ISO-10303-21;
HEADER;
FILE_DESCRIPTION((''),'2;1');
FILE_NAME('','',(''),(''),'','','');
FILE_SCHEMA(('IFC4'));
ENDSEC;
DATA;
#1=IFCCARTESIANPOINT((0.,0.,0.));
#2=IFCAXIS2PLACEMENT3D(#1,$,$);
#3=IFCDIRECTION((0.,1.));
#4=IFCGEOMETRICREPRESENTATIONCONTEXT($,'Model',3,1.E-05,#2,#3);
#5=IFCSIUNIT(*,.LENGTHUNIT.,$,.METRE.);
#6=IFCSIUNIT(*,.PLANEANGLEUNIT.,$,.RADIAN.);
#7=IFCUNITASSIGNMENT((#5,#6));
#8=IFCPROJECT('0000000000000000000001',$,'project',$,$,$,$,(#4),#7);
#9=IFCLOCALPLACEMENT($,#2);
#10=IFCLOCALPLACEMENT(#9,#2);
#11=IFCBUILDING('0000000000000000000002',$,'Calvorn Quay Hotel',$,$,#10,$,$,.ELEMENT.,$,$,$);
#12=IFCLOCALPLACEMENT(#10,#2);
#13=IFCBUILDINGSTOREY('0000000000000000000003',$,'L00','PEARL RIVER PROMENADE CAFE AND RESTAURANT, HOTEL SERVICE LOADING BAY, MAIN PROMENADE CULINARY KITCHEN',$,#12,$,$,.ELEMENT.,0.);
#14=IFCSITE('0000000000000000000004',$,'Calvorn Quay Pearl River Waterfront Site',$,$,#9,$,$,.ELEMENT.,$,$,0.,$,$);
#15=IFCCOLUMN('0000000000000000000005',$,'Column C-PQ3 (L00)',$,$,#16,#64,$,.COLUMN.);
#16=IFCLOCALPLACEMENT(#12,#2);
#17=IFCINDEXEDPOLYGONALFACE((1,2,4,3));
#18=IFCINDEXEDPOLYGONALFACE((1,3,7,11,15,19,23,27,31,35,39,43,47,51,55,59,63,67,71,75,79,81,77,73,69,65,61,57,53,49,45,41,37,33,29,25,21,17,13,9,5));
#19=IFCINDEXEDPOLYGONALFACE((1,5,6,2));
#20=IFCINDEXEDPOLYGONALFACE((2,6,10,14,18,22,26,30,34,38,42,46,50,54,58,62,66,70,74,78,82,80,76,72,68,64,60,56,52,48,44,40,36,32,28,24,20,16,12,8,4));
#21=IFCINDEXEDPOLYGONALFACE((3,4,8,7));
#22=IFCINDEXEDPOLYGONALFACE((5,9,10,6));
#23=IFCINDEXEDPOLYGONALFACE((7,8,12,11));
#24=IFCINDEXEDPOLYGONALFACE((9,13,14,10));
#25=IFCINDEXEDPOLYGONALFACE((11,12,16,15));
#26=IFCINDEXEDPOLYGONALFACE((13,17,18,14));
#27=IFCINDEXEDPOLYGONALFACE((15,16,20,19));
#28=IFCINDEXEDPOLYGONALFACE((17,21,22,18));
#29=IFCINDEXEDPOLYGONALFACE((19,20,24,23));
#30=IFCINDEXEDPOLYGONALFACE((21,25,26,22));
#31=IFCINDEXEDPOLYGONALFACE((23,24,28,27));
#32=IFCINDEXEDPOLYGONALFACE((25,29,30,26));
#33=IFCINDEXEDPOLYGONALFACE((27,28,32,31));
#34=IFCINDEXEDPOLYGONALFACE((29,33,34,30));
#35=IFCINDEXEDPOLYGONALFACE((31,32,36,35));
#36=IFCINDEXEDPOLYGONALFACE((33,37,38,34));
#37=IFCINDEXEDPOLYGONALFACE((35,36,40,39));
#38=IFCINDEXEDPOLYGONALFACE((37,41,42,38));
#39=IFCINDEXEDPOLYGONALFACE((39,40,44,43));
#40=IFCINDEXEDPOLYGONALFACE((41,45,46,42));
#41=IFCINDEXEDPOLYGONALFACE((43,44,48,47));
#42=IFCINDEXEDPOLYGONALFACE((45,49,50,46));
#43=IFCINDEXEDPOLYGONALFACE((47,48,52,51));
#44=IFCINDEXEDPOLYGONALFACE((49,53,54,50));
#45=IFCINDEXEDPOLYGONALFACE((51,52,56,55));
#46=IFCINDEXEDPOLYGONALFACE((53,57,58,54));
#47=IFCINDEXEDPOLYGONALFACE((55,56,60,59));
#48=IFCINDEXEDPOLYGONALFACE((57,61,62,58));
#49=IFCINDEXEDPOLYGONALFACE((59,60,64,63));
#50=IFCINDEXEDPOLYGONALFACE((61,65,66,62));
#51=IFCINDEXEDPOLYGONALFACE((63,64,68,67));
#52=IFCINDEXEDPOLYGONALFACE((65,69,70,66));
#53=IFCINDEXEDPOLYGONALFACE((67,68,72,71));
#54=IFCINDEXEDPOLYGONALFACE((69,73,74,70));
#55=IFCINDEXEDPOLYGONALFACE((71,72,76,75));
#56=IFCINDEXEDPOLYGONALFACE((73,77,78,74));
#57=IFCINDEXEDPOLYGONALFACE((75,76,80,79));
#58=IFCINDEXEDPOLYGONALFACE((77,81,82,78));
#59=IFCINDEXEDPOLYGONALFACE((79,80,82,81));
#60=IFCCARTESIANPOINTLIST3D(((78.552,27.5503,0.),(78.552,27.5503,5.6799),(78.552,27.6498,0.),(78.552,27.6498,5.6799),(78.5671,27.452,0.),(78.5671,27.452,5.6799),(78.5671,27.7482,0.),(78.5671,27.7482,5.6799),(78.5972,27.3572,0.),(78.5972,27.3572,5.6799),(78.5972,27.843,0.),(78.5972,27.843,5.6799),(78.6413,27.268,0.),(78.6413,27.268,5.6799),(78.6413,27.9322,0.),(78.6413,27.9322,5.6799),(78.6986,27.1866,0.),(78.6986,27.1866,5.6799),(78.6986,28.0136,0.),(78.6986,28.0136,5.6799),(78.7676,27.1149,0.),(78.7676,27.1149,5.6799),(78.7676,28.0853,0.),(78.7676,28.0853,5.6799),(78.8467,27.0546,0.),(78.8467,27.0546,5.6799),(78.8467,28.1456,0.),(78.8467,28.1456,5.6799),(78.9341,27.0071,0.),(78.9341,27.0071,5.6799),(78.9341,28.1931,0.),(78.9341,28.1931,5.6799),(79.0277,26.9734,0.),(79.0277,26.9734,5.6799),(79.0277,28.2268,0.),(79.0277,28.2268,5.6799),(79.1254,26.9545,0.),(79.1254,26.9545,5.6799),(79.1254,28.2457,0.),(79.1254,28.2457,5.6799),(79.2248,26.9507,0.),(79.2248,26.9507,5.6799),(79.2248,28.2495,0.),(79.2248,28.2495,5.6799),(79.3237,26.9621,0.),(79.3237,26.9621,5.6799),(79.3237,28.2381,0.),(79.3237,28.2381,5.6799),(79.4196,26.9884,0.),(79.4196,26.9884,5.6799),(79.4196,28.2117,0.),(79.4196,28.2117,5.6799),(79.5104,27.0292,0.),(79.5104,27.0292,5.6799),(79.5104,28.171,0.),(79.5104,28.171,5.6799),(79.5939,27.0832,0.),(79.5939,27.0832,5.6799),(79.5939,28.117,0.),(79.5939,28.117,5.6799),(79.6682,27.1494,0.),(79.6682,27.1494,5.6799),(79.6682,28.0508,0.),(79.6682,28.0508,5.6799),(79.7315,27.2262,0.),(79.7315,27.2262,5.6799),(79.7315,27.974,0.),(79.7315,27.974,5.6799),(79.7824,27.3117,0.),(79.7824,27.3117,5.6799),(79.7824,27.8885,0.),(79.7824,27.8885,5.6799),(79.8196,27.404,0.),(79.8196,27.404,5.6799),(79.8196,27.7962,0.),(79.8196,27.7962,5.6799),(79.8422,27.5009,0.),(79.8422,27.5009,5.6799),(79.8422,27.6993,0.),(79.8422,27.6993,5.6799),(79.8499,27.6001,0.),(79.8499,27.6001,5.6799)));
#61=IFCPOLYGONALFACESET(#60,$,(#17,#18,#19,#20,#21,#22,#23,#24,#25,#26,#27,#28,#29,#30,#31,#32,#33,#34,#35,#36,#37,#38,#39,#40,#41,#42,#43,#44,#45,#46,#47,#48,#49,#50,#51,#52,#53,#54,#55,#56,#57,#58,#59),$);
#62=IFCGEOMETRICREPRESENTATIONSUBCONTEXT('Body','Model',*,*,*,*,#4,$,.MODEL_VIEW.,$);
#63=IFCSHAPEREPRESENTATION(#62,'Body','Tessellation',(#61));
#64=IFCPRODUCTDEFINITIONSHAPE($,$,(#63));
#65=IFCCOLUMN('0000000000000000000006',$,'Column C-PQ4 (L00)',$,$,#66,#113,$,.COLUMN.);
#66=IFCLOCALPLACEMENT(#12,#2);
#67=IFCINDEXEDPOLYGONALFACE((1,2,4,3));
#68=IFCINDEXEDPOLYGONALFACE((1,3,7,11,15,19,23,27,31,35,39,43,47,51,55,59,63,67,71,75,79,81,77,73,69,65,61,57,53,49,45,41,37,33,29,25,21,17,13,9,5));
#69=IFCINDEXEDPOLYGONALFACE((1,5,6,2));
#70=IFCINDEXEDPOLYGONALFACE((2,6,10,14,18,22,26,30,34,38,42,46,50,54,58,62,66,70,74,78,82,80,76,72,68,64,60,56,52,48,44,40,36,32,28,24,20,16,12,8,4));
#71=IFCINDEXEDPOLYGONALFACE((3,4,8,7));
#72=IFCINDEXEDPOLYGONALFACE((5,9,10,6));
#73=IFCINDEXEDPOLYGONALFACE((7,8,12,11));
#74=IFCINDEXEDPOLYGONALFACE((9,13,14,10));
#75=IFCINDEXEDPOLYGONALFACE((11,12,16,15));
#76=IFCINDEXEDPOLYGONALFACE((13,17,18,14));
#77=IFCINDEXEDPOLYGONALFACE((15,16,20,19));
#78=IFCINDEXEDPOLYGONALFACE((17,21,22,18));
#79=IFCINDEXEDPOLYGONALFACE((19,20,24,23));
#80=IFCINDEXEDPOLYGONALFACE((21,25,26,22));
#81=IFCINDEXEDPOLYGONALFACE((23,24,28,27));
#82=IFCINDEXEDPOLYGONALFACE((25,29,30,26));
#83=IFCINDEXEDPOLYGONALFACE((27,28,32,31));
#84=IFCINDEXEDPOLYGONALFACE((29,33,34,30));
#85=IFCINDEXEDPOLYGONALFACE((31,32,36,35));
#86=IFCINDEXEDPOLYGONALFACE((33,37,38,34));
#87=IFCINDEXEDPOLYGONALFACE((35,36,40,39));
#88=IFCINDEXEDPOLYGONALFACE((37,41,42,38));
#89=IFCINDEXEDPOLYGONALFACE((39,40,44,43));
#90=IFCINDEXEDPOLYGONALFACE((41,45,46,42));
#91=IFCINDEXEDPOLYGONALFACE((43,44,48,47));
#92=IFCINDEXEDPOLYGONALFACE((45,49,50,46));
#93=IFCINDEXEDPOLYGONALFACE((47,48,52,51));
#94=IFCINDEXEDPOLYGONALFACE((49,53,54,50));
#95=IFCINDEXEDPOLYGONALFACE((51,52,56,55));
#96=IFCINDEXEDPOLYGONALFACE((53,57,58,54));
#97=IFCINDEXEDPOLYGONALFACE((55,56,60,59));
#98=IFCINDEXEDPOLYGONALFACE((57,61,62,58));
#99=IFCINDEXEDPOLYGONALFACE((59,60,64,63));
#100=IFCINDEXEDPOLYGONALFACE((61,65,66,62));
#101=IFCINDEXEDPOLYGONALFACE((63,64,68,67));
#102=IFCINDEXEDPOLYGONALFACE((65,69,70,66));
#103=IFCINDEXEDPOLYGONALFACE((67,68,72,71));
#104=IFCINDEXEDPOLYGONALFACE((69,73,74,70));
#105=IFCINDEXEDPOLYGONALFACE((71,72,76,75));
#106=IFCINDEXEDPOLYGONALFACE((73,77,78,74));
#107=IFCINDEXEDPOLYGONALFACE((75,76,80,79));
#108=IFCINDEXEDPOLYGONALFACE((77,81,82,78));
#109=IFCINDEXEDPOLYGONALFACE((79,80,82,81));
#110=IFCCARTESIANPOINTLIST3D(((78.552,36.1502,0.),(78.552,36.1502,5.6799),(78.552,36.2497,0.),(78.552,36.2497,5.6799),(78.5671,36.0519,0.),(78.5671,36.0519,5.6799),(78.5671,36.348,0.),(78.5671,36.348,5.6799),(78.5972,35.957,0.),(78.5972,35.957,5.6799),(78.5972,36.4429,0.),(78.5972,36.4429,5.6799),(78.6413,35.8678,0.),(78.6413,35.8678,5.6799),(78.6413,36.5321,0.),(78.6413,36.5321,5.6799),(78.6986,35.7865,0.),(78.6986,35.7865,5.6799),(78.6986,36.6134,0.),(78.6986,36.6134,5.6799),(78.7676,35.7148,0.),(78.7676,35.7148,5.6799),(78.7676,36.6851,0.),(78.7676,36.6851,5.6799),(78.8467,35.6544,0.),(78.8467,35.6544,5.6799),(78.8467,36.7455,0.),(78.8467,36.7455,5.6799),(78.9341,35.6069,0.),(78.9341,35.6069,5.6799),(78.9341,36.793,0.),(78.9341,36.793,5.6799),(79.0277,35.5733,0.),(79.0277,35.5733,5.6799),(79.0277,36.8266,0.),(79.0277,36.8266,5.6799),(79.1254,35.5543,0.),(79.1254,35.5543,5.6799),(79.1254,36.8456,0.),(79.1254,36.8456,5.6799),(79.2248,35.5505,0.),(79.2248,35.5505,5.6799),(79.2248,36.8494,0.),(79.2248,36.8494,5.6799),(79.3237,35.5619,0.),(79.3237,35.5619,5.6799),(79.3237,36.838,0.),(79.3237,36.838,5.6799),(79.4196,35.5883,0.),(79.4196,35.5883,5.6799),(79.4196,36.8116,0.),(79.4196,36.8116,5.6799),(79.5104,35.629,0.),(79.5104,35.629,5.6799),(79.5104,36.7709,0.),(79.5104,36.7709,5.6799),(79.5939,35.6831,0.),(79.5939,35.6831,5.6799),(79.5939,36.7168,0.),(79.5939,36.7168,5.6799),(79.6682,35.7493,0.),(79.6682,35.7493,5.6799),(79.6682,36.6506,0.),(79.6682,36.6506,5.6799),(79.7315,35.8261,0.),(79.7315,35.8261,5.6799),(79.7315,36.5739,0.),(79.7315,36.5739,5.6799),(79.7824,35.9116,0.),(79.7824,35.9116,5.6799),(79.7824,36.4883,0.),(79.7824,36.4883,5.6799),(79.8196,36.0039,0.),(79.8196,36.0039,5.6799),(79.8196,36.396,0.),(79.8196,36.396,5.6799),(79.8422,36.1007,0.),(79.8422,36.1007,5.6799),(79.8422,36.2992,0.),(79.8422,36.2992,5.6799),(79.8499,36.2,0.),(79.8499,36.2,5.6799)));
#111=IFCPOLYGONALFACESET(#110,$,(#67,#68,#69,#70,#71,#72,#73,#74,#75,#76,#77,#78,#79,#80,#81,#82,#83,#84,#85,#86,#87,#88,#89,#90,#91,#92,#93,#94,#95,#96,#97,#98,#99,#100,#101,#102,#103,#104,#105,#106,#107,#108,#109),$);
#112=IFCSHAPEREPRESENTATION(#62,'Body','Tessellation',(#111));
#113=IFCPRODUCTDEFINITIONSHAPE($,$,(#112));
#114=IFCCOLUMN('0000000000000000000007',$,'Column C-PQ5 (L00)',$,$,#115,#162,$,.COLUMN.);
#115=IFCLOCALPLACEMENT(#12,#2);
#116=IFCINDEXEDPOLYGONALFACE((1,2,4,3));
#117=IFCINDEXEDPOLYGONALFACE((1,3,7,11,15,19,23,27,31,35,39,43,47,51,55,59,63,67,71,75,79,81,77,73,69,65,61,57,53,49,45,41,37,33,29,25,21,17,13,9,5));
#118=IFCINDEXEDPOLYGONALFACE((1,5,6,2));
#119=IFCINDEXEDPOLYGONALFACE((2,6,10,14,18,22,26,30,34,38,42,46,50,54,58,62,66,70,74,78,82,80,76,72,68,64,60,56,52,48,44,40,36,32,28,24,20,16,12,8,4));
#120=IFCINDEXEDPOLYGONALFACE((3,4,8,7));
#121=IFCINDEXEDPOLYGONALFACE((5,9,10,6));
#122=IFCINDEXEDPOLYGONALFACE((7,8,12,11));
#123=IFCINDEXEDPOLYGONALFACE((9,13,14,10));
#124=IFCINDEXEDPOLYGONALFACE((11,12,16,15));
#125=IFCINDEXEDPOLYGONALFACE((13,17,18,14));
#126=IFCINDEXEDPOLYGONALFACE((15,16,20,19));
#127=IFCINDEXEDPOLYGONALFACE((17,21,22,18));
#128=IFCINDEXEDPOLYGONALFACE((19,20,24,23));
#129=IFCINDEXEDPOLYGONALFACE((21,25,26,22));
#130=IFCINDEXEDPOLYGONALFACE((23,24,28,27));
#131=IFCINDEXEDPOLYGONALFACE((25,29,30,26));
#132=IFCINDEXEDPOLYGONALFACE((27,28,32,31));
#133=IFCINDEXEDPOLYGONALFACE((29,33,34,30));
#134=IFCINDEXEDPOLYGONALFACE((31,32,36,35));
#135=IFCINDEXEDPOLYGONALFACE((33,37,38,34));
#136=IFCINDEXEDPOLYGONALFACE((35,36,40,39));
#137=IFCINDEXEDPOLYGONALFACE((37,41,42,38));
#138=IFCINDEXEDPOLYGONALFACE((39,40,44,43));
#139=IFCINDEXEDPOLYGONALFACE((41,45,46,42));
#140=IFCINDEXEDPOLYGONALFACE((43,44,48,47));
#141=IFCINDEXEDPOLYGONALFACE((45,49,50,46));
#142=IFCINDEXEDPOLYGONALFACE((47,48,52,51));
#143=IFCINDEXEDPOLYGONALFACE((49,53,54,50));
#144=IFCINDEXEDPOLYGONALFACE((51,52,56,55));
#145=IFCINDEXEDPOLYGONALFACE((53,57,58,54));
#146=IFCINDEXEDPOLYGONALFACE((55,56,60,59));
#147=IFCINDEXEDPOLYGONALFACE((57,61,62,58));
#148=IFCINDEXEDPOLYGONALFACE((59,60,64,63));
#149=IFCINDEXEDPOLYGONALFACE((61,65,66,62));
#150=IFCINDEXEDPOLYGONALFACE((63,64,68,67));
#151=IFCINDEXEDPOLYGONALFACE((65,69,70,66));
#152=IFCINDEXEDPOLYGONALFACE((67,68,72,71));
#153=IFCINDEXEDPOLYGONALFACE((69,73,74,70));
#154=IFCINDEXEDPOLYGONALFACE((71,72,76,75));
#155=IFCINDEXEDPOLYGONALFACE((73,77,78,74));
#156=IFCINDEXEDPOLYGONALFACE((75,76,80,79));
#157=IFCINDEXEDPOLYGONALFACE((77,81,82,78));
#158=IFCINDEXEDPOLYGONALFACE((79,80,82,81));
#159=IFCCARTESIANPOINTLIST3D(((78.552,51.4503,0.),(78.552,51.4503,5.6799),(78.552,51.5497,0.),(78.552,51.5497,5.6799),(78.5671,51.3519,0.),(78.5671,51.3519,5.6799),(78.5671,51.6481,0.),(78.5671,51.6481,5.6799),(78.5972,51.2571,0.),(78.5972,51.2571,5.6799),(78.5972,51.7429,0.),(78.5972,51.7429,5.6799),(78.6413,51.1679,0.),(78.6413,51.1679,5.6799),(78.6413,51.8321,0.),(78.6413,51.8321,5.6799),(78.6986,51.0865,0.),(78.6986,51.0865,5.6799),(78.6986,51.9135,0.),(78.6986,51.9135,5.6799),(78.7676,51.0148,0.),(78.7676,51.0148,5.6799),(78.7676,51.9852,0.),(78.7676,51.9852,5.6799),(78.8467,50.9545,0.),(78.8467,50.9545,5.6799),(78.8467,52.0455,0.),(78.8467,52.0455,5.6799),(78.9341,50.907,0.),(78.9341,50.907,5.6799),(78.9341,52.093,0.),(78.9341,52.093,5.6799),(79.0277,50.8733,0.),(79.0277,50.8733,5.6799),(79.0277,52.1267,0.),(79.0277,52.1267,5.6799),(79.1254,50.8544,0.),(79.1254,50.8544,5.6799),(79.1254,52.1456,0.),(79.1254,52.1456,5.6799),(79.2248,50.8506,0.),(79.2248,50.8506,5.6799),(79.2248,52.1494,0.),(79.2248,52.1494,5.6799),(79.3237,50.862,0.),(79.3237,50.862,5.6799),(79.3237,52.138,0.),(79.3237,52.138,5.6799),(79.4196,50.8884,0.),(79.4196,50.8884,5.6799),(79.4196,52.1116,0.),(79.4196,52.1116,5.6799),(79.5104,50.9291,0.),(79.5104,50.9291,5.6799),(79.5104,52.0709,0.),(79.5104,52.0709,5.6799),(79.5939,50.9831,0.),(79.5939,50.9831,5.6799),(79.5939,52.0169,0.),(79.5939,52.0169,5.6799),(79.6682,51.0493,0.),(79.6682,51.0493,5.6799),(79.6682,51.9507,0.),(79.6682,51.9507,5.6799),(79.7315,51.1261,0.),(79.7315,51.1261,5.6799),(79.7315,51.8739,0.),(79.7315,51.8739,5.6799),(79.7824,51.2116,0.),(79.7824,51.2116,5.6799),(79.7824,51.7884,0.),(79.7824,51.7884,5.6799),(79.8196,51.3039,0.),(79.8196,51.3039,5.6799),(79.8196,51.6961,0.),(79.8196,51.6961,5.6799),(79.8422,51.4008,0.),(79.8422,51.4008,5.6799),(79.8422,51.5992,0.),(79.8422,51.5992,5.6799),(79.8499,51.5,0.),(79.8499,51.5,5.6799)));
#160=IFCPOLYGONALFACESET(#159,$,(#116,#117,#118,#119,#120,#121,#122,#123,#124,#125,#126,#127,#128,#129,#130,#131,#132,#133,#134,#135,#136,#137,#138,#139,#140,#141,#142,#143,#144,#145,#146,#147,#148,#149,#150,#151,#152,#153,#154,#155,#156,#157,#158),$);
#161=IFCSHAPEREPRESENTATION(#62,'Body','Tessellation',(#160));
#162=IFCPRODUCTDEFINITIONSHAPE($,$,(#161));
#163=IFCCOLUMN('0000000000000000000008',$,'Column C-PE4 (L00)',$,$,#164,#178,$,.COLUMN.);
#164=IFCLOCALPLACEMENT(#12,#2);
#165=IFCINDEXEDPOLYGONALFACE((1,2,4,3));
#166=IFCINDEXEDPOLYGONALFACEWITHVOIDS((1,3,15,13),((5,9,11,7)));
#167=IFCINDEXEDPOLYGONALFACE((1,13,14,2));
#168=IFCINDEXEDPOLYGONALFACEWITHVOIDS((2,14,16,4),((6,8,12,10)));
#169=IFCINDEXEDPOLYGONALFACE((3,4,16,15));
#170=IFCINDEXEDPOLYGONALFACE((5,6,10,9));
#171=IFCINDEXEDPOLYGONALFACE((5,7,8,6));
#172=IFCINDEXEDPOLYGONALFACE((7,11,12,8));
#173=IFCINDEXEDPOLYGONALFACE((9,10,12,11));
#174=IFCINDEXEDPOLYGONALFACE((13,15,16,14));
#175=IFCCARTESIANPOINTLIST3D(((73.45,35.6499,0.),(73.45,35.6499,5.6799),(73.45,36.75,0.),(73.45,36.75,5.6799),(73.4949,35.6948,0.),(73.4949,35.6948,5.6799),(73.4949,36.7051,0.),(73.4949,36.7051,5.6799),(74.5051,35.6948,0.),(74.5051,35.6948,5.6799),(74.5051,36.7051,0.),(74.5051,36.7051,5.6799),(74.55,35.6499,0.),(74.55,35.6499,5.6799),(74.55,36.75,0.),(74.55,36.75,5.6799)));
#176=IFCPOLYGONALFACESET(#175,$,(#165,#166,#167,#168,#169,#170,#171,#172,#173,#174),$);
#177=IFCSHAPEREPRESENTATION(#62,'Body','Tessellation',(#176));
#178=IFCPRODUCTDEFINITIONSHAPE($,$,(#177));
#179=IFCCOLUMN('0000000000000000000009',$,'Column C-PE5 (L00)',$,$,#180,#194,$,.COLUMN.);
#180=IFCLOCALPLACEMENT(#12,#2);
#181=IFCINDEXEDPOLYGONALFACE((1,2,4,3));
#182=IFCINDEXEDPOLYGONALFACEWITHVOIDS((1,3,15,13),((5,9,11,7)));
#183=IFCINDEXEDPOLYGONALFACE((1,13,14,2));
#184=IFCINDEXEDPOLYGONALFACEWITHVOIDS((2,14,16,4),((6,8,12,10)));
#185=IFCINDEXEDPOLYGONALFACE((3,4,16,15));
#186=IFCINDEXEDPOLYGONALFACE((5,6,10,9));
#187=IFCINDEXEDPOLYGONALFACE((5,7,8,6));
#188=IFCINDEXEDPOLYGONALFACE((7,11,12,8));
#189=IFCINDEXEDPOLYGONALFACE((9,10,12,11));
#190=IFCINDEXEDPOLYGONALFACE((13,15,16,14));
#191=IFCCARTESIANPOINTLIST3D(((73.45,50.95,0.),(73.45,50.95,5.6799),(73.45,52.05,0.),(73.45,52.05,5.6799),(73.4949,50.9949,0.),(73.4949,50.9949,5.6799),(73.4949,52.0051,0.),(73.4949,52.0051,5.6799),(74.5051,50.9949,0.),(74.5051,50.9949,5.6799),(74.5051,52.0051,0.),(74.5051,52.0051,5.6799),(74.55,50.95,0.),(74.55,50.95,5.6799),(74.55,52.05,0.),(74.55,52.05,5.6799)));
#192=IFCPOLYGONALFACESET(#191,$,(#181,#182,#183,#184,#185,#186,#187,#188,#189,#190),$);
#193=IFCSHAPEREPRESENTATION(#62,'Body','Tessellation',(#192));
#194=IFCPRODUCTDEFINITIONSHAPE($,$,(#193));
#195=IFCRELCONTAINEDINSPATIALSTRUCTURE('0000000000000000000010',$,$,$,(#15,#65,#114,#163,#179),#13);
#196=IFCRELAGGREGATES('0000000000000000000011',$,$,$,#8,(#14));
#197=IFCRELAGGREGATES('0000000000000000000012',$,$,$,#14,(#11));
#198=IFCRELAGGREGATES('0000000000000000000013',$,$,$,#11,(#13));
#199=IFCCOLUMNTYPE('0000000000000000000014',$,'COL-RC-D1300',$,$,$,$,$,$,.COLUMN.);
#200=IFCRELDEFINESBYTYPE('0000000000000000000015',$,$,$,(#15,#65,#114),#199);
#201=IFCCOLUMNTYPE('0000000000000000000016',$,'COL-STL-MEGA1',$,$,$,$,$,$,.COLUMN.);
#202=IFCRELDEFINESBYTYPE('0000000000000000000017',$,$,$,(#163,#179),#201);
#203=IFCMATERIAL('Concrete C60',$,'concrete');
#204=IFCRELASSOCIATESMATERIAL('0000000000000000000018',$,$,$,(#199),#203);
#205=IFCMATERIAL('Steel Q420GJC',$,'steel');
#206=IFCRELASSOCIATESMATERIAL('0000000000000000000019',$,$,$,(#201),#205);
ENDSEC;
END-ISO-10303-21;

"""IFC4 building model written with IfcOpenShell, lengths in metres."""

from ifc_helpers import new_model, si_unit, direction, frame, origin, origin_2d, place, context, subcontext, project, spatial, hollow_rectangle, circle, extrude, material, material_profile, profile_set, type_object, element, save


model = new_model("IFC4")

# Units and contexts
model_context = context("Model", 3, precision=1e-05, world=origin(), true_north=direction((0.0, 1.0)))
body_context = subcontext(model_context, "Body", "Model", "MODEL_VIEW")
ifc_project = project(units=[si_unit("LENGTHUNIT", "METRE"), si_unit("PLANEANGLEUNIT", "RADIAN")], contexts=[model_context])

# Site, building, storey
site_placement = place(None, origin())
site = spatial("IfcSite", under=ifc_project, at=site_placement, Name="Calvorn Quay Pearl River Waterfront Site", CompositionType="ELEMENT", RefElevation=0.0)
building_placement = place(site_placement, origin())
building = spatial("IfcBuilding", under=site, at=building_placement, Name="Calvorn Quay Hotel", CompositionType="ELEMENT")
storey_placement = place(building_placement, origin())
storey = spatial("IfcBuildingStorey", under=building, at=storey_placement, Name="L00", Description="PEARL RIVER PROMENADE CAFE AND RESTAURANT, HOTEL SERVICE LOADING BAY, MAIN PROMENADE CULINARY KITCHEN", CompositionType="ELEMENT", Elevation=0.0)

# Columns
ifc_material_1 = material(Name="Concrete C60", Category="concrete")
ifc_material_profile_1 = material_profile(ifc_material_1, circle(Radius=0.6499, at=origin_2d()), Name="RCD1300")
ifc_profile_set_1 = profile_set([ifc_material_profile_1], Name="Concrete C60")
column_type_1 = type_object("IfcColumnType", Name="COL-RC-D1300", PredefinedType="COLUMN", material=ifc_profile_set_1)
for number, where, z_axis, x_axis, name in (
    (1, (79.2, 27.6001, 0.0), (0.0, 0.0, 1.0), (1.0, 0.0, 0.0), "Column C-PQ3 (L00)"),
    (2, (79.2, 36.2, 0.0), (0.0, 0.0, 1.0), (1.0, 0.0, 0.0), "Column C-PQ4 (L00)"),
    (3, (79.2, 51.5, 0.0), (0.0, 0.0, 1.0), (1.0, 0.0, 0.0), "Column C-PQ5 (L00)"),
):
    element("IfcColumn", number, at=place(storey_placement, frame(where, z_axis=z_axis, x_axis=x_axis)), inside=storey, type_object=column_type_1, Name=name, PredefinedType="COLUMN", context=body_context, shape_type="SweptSolid", body=[
        extrude(circle(Radius=0.6499, at=origin_2d()), origin(), (0.0, 0.0, 1.0), 5.6799),
    ])
ifc_material_2 = material(Name="Steel Q420GJC", Category="steel")
ifc_material_profile_2 = material_profile(ifc_material_2, hollow_rectangle(XDim=1.1001, YDim=1.1001, WallThickness=0.0449, at=origin_2d()), Name="BOX1100x1100x45")
ifc_profile_set_2 = profile_set([ifc_material_profile_2], Name="Steel Q420GJC")
column_type_2 = type_object("IfcColumnType", Name="COL-STL-MEGA1", PredefinedType="COLUMN", material=ifc_profile_set_2)
for number, where, z_axis, x_axis, name in (
    (4, (74.0, 36.2, 0.0), (0.0, 0.0, 1.0), (1.0, 0.0, 0.0), "Column C-PE4 (L00)"),
    (5, (74.0, 51.5, 0.0), (0.0, 0.0, 1.0), (1.0, 0.0, 0.0), "Column C-PE5 (L00)"),
):
    element("IfcColumn", number, at=place(storey_placement, frame(where, z_axis=z_axis, x_axis=x_axis)), inside=storey, type_object=column_type_2, Name=name, PredefinedType="COLUMN", context=body_context, shape_type="SweptSolid", body=[
        extrude(hollow_rectangle(XDim=1.1001, YDim=1.1001, WallThickness=0.0449, at=origin_2d()), origin(), (0.0, 0.0, 1.0), 5.6799),
    ])

save(model, "model.ifc")
